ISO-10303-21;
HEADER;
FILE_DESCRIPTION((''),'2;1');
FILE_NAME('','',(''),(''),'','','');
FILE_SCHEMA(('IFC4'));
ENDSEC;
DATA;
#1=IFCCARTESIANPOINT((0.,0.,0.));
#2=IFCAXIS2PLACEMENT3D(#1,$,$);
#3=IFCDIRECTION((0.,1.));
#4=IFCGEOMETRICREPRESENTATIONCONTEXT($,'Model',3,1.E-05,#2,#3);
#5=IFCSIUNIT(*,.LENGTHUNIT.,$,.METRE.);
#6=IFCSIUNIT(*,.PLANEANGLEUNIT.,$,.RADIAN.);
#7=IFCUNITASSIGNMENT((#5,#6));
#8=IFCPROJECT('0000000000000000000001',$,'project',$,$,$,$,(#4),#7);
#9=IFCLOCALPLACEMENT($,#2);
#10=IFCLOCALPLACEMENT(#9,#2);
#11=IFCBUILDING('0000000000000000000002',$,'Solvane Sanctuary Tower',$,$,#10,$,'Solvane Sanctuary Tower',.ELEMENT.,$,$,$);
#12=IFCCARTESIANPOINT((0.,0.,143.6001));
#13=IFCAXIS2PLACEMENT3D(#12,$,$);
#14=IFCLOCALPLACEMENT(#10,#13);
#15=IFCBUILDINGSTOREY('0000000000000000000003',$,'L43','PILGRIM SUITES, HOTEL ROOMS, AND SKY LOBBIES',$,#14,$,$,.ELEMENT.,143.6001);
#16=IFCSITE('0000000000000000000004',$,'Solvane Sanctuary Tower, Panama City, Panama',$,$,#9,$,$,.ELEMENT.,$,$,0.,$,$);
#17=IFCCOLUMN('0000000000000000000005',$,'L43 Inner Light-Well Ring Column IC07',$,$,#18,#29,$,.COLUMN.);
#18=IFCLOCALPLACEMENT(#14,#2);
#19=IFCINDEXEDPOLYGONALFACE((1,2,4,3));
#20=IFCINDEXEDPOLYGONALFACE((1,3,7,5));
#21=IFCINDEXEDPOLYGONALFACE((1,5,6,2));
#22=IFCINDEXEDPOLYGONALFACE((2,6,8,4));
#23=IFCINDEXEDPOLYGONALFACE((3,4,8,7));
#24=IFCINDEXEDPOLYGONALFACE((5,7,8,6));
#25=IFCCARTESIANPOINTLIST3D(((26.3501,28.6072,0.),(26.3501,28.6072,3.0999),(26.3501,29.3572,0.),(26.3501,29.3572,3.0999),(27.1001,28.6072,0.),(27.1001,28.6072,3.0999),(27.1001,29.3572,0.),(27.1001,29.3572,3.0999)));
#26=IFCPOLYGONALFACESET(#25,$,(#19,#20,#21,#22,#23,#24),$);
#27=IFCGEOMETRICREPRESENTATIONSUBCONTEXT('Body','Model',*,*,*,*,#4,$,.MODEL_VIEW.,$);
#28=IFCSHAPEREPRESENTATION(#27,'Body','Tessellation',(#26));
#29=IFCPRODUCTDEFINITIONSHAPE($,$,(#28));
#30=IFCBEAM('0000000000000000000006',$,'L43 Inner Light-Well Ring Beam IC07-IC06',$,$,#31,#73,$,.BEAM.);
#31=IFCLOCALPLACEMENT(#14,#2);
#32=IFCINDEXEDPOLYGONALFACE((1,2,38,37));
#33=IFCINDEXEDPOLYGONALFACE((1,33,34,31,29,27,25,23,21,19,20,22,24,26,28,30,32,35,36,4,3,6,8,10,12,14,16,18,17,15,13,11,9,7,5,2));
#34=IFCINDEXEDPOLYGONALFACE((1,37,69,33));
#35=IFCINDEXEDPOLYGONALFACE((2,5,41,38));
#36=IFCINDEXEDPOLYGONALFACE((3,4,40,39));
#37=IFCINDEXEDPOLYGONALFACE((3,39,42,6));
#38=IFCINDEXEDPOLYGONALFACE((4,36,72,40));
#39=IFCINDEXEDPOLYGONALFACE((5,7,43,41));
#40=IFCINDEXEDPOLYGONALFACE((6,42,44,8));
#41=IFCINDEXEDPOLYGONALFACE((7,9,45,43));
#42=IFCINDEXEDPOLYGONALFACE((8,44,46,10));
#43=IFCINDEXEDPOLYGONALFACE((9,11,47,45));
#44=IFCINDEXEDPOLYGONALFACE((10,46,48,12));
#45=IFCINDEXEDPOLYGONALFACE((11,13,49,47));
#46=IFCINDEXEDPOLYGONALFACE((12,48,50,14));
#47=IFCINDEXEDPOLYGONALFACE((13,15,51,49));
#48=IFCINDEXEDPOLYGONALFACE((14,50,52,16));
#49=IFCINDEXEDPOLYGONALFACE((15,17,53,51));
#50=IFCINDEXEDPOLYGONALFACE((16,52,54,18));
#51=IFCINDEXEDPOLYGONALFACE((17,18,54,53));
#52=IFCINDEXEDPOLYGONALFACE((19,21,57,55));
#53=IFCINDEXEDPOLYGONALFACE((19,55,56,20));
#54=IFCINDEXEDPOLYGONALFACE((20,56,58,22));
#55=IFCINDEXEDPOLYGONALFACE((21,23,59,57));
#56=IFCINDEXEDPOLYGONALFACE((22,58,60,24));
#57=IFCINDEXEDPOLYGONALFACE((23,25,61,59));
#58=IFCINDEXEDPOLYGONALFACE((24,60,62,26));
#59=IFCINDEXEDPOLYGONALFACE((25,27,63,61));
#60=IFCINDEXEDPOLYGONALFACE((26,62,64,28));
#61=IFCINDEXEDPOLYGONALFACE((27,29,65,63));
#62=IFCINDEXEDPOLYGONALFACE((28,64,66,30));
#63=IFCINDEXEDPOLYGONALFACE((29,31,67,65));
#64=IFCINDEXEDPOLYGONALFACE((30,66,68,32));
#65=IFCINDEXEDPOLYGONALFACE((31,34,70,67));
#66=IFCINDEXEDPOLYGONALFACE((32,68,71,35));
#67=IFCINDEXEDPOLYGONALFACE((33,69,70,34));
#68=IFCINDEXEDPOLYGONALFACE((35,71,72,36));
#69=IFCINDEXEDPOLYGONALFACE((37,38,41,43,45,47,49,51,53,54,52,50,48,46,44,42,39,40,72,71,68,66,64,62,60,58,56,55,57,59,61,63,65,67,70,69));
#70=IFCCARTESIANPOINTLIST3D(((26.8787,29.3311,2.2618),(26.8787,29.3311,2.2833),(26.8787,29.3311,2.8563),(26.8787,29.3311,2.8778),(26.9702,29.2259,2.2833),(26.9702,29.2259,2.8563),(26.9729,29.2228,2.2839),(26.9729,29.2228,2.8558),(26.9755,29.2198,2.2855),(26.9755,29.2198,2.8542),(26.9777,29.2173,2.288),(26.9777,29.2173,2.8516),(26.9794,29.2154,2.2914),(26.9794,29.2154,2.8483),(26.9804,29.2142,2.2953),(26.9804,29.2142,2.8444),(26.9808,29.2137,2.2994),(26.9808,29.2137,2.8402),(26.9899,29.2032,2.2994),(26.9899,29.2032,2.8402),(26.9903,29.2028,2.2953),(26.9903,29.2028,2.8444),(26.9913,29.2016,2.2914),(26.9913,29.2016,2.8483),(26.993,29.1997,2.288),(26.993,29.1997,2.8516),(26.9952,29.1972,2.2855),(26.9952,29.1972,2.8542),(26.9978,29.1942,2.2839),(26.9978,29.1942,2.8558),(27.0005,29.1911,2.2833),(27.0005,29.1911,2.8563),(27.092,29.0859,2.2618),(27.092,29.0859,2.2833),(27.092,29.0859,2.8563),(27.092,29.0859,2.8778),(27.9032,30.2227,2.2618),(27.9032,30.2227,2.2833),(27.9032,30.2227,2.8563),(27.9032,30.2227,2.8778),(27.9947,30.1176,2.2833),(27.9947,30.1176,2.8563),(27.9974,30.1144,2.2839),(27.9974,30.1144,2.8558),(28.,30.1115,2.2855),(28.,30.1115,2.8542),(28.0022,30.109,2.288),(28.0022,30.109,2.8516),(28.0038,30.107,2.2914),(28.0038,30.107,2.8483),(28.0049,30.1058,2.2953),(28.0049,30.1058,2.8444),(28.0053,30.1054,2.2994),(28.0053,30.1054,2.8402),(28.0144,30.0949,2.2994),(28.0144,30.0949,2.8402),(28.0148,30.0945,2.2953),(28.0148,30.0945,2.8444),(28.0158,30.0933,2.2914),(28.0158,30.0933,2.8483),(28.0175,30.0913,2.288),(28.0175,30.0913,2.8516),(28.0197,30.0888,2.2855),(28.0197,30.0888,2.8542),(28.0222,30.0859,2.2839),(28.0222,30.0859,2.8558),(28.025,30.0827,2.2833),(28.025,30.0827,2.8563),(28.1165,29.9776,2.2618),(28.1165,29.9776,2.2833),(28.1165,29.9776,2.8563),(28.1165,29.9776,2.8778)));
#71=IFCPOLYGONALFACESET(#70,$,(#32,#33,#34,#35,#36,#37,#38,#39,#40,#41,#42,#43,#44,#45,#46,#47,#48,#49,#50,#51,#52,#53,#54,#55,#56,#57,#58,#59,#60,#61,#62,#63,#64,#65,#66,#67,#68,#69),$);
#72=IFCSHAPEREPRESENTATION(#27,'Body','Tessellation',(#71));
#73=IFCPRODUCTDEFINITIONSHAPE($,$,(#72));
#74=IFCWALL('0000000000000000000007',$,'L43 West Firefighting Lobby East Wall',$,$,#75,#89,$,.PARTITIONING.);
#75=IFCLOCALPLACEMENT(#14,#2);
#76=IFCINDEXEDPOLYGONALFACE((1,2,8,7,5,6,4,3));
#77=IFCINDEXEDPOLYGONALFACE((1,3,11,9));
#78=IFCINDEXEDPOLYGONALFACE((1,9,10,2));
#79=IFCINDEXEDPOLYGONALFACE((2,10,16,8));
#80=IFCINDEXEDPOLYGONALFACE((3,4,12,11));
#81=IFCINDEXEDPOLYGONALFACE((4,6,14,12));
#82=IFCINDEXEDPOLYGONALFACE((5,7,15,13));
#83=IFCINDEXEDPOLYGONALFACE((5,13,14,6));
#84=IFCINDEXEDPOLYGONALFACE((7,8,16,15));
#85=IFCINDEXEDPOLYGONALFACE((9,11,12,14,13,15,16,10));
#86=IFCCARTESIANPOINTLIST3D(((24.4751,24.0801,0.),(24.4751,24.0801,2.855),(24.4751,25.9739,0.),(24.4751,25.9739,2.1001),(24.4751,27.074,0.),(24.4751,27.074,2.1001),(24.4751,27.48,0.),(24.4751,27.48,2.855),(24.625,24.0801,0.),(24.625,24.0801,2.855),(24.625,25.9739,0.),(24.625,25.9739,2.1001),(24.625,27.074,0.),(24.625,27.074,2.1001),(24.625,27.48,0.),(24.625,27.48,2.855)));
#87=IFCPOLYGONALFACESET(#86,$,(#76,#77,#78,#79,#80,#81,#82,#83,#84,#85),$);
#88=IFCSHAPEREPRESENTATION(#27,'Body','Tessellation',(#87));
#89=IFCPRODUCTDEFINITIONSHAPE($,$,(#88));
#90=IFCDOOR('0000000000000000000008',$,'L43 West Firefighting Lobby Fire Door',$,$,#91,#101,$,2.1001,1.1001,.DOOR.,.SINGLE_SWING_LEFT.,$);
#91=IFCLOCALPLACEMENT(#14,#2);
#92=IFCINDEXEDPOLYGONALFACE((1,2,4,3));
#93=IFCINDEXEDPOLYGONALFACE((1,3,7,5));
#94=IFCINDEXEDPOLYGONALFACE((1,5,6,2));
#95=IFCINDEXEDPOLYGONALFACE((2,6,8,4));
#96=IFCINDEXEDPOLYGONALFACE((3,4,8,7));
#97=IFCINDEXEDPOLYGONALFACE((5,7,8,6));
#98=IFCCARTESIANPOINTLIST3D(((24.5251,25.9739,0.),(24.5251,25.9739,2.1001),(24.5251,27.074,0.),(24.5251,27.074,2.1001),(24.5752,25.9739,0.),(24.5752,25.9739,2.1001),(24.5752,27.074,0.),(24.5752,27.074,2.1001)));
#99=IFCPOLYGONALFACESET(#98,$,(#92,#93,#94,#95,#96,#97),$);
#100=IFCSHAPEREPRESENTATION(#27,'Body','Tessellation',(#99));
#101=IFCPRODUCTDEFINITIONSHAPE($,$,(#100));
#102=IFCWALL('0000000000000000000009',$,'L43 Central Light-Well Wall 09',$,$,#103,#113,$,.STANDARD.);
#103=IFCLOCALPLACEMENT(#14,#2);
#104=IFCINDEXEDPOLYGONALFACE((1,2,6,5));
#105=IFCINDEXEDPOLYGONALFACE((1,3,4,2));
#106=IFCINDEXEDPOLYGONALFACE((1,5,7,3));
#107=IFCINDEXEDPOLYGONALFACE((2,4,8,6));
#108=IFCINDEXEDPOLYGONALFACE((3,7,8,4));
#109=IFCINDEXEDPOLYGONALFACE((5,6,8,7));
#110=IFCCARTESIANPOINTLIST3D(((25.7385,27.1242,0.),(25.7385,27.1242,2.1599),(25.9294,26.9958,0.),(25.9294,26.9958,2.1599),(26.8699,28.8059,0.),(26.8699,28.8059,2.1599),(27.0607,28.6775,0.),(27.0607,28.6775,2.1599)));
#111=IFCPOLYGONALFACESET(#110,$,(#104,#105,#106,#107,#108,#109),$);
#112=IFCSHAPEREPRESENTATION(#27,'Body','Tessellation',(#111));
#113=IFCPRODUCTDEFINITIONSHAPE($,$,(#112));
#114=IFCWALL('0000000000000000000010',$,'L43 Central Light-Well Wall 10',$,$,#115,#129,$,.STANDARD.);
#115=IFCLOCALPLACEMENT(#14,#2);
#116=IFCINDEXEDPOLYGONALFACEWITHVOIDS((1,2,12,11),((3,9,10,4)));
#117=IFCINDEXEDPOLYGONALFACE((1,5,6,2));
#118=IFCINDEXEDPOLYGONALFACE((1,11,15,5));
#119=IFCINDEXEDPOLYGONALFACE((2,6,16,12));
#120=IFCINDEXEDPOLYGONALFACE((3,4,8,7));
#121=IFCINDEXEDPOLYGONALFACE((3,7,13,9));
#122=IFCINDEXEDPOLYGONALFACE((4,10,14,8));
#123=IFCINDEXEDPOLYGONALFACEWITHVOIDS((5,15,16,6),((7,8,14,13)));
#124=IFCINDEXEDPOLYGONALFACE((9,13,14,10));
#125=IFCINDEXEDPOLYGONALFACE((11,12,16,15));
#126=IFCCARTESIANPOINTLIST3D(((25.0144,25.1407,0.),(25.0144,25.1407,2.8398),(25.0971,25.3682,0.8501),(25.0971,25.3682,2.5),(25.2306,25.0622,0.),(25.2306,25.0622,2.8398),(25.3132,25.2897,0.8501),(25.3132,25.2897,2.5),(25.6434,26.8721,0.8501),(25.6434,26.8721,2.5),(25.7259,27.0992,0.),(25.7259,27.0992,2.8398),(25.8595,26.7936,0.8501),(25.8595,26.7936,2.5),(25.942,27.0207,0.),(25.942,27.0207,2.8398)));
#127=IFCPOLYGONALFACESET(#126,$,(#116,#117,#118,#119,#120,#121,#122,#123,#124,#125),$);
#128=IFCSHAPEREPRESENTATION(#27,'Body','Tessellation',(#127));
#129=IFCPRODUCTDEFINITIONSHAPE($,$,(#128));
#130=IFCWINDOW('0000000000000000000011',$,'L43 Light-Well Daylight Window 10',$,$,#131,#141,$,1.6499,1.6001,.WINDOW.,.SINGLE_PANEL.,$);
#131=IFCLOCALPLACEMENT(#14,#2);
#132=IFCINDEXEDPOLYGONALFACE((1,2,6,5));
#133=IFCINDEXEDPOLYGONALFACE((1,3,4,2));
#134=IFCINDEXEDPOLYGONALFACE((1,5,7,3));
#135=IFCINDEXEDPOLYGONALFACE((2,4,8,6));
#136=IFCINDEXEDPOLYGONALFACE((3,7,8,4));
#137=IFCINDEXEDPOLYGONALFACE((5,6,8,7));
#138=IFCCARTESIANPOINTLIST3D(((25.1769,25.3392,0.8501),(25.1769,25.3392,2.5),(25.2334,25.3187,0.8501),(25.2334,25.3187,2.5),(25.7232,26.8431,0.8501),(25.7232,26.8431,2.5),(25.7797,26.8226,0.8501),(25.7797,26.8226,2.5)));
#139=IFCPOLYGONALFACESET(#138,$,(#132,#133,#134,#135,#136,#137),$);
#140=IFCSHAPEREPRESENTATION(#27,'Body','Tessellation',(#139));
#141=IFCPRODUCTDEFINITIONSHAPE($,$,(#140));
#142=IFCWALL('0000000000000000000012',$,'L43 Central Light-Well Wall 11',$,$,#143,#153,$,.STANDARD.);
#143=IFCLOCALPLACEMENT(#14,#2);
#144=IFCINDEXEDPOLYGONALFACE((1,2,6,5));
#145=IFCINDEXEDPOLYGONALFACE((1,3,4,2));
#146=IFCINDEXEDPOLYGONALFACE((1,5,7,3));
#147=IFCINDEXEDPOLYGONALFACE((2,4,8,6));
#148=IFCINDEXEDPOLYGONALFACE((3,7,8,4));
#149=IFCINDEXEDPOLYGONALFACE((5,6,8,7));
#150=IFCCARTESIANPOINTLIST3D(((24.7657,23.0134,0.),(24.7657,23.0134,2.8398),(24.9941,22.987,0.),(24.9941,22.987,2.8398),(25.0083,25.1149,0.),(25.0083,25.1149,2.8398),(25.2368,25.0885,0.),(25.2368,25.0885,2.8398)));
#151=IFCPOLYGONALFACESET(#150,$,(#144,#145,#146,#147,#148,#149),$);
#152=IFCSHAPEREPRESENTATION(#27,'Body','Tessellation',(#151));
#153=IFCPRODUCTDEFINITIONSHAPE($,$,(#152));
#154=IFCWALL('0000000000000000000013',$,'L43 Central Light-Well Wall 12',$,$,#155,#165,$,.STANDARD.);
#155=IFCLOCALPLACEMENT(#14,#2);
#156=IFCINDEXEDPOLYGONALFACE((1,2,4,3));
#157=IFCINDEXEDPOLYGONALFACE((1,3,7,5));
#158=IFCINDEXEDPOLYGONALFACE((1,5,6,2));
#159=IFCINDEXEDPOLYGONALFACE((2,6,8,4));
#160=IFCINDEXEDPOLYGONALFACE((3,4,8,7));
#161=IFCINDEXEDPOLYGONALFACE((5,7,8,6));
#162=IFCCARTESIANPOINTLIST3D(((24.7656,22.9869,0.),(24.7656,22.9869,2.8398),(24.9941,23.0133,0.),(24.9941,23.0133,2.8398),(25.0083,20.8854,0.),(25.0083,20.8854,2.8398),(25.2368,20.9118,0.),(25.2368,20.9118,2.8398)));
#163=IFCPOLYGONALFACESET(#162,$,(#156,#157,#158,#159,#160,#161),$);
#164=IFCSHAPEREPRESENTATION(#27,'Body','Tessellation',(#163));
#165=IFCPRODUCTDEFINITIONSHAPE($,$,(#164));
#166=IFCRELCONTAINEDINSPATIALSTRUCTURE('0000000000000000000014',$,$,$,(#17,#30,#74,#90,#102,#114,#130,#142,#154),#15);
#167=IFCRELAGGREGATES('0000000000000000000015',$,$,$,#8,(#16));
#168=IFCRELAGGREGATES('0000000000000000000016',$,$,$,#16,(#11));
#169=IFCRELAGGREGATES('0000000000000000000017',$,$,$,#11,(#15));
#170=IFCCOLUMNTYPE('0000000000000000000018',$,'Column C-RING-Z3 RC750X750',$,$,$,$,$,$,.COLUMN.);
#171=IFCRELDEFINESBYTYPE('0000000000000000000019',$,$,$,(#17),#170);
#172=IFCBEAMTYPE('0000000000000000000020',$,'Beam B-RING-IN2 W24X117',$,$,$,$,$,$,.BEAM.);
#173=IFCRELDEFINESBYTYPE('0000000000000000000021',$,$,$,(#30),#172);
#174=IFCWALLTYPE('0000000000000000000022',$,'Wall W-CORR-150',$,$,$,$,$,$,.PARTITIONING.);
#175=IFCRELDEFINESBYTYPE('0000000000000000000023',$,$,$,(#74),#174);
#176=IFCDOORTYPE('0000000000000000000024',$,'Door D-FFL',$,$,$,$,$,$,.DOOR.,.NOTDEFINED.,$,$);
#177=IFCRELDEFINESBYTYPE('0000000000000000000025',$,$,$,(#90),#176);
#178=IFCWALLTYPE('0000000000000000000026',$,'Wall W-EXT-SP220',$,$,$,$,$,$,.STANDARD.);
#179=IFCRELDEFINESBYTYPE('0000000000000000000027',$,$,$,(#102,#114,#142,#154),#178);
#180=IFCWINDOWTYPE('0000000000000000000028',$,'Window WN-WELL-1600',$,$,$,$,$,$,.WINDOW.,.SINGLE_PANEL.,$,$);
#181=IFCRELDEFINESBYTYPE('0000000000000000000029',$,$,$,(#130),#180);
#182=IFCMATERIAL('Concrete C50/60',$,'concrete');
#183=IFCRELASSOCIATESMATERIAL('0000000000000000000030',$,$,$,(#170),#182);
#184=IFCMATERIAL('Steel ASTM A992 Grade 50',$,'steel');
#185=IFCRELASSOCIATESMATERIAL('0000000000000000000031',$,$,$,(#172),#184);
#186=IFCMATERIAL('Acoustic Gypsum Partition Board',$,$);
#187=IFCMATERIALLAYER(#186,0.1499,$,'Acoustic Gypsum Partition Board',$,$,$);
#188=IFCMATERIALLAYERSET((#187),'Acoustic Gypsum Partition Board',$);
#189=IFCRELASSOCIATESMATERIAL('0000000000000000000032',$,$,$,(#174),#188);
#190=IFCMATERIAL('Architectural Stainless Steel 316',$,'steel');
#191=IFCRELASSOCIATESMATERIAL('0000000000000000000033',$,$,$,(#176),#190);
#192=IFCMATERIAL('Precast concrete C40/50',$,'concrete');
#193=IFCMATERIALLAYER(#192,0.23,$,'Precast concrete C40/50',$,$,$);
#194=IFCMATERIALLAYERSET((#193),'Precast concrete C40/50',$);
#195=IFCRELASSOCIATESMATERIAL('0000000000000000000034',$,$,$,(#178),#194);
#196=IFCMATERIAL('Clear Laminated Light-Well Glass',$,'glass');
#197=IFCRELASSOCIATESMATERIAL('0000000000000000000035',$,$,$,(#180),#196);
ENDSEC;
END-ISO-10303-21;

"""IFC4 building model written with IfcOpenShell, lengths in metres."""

from ifc_helpers import new_model, si_unit, direction, frame, frame_2d, origin, origin_2d, place, context, subcontext, project, spatial, rectangle, i_section, extrude, material, layer, layer_set, material_profile, profile_set, type_object, element, fill, save


model = new_model("IFC4")

# Units and contexts
model_context = context("Model", 3, precision=1e-05, world=origin(), true_north=direction((0.0, 1.0)))
body_context = subcontext(model_context, "Body", "Model", "MODEL_VIEW")
ifc_project = project(units=[si_unit("LENGTHUNIT", "METRE"), si_unit("PLANEANGLEUNIT", "RADIAN")], contexts=[model_context])

# Site, building, storey
site_placement = place(None, origin())
site = spatial("IfcSite", under=ifc_project, at=site_placement, Name="Solvane Sanctuary Tower, Panama City, Panama", CompositionType="ELEMENT", RefElevation=0.0)
building_placement = place(site_placement, origin())
building = spatial("IfcBuilding", under=site, at=building_placement, Name="Solvane Sanctuary Tower", LongName="Solvane Sanctuary Tower", CompositionType="ELEMENT")
storey_placement = place(building_placement, frame((0.0, 0.0, 143.6001)))
storey = spatial("IfcBuildingStorey", under=building, at=storey_placement, Name="L43", Description="PILGRIM SUITES, HOTEL ROOMS, AND SKY LOBBIES", CompositionType="ELEMENT", Elevation=143.6001)

# Column
ifc_material_1 = material(Name="Concrete C50/60", Category="concrete")
ifc_material_profile_1 = material_profile(ifc_material_1, rectangle(XDim=0.75, YDim=0.75, at=origin_2d()), Name="RC750X750")
ifc_profile_set_1 = profile_set([ifc_material_profile_1], Name="Concrete C50/60")
column_type = type_object("IfcColumnType", Name="Column C-RING-Z3 RC750X750", PredefinedType="COLUMN", material=ifc_profile_set_1)
column_placement = place(storey_placement, frame((26.7251, 28.9822, 0.0), z_axis=(0.0, 0.0, 1.0), x_axis=(1.0, 0.0, 0.0)))
element("IfcColumn", 1, at=column_placement, inside=storey, type_object=column_type, Name="L43 Inner Light-Well Ring Column IC07", PredefinedType="COLUMN", context=body_context, shape_type="SweptSolid", body=[
    extrude(rectangle(XDim=0.75, YDim=0.75, at=origin_2d()), origin(), (0.0, 0.0, 1.0), 3.0999),
])

# Beam
ifc_material_2 = material(Name="Steel ASTM A992 Grade 50", Category="steel")
ifc_material_profile_2 = material_profile(ifc_material_2, i_section(OverallWidth=0.325, OverallDepth=0.616, WebThickness=0.0139, FlangeThickness=0.0215, FilletRadius=0.0161, at=origin_2d()), Name="W24X117")
ifc_profile_set_2 = profile_set([ifc_material_profile_2], Name="Steel ASTM A992 Grade 50")
beam_type = type_object("IfcBeamType", Name="Beam B-RING-IN2 W24X117", PredefinedType="BEAM", material=ifc_profile_set_2)
beam_placement = place(storey_placement, frame((26.9854, 29.2085, 2.5698), z_axis=(0.754311, 0.656517, 0.0), x_axis=(-0.656517, 0.754311, 0.0)))
element("IfcBeam", 2, at=beam_placement, inside=storey, type_object=beam_type, Name="L43 Inner Light-Well Ring Beam IC07-IC06", PredefinedType="BEAM", context=body_context, shape_type="SweptSolid", body=[
    extrude(i_section(OverallWidth=0.325, OverallDepth=0.616, WebThickness=0.0139, FlangeThickness=0.0215, FilletRadius=0.0161, at=origin_2d()), origin(), (0.0, 0.0, 1.0), 1.3582),
])

# Wall, opening, door
ifc_material_3 = material(Name="Acoustic Gypsum Partition Board")
ifc_layer_1 = layer(ifc_material_3, 0.1499, Name="Acoustic Gypsum Partition Board")
ifc_layer_set_1 = layer_set([ifc_layer_1], Name="Acoustic Gypsum Partition Board")
wall_type_1 = type_object("IfcWallType", Name="Wall W-CORR-150", PredefinedType="PARTITIONING", material=ifc_layer_set_1)
wall_1_placement = place(storey_placement, frame((24.55, 24.0801, 0.0), z_axis=(0.0, 0.0, 1.0), x_axis=(0.0, 1.0, 0.0)))
wall_1 = element("IfcWall", 3, at=wall_1_placement, inside=storey, type_object=wall_type_1, Name="L43 West Firefighting Lobby East Wall", PredefinedType="PARTITIONING", context=body_context, shape_type="SweptSolid", body=[
    extrude(rectangle(XDim=3.3999, YDim=0.1499, at=frame_2d((1.7, 0.0))), origin(), (0.0, 0.0, 1.0), 2.855),
])
opening_1_placement = place(wall_1_placement, frame((1.8938, 0.0, 0.0)))
opening_1 = element("IfcOpeningElement", 4, at=opening_1_placement, cuts=wall_1, PredefinedType="OPENING", context=body_context, shape_type="SweptSolid", body=[
    extrude(rectangle(XDim=1.1001, YDim=2.1001, at=frame_2d((0.55, 1.05))), frame((0.0, 0.085, 0.0), z_axis=(0.0, -1.0, 0.0), x_axis=(1.0, 0.0, 0.0)), (0.0, 0.0, 1.0), 0.1699),
])
ifc_material_4 = material(Name="Architectural Stainless Steel 316", Category="steel")
door_type_1 = type_object("IfcDoorType", Name="Door D-FFL", OperationType="NOTDEFINED", PredefinedType="DOOR", material=ifc_material_4)
door_1_placement = place(opening_1_placement, origin())
door_1 = element("IfcDoor", 5, at=door_1_placement, inside=storey, type_object=door_type_1, Name="L43 West Firefighting Lobby Fire Door", OperationType="SINGLE_SWING_LEFT", OverallHeight=2.1001, OverallWidth=1.1001, PredefinedType="DOOR", context=body_context, shape_type="SweptSolid", body=[
    extrude(rectangle(XDim=1.1001, YDim=2.1001, at=frame_2d((0.55, 1.05))), frame((0.0, 0.0249, 0.0), z_axis=(0.0, -1.0, 0.0), x_axis=(1.0, 0.0, 0.0)), (0.0, 0.0, 1.0), 0.05),
])
fill(opening_1, door_1)

# Wall
ifc_material_5 = material(Name="Precast concrete C40/50", Category="concrete")
ifc_layer_2 = layer(ifc_material_5, 0.23, Name="Precast concrete C40/50")
ifc_layer_set_2 = layer_set([ifc_layer_2], Name="Precast concrete C40/50")
wall_type_2 = type_object("IfcWallType", Name="Wall W-EXT-SP220", PredefinedType="STANDARD", material=ifc_layer_set_2)
wall_2_placement = place(storey_placement, frame((26.9653, 28.7417, 0.0), z_axis=(0.0, 0.0, 1.0), x_axis=(-0.558198, -0.829708, 0.0)))
element("IfcWall", 6, at=wall_2_placement, inside=storey, type_object=wall_type_2, Name="L43 Central Light-Well Wall 09", PredefinedType="STANDARD", context=body_context, shape_type="SweptSolid", body=[
    extrude(rectangle(XDim=2.0269, YDim=0.23, at=frame_2d((1.0134, 0.0))), origin(), (0.0, 0.0, 1.0), 2.1599),
])

# Wall, opening, window
wall_3_placement = place(storey_placement, frame((25.834, 27.0601, 0.0), z_axis=(0.0, 0.0, 1.0), x_axis=(-0.341423, -0.93991, 0.0)))
wall_3 = element("IfcWall", 7, at=wall_3_placement, inside=storey, type_object=wall_type_2, Name="L43 Central Light-Well Wall 10", PredefinedType="STANDARD", context=body_context, shape_type="SweptSolid", body=[
    extrude(rectangle(XDim=2.0837, YDim=0.23, at=frame_2d((1.042, 0.0))), origin(), (0.0, 0.0, 1.0), 2.8398),
])
opening_2_placement = place(wall_3_placement, frame((0.2417, 0.0, 0.8501)))
opening_2 = element("IfcOpeningElement", 8, at=opening_2_placement, cuts=wall_3, PredefinedType="OPENING", context=body_context, shape_type="SweptSolid", body=[
    extrude(rectangle(XDim=1.6001, YDim=1.6499, at=frame_2d((0.8, 0.825))), frame((0.0, 0.125, 0.0), z_axis=(0.0, -1.0, 0.0), x_axis=(1.0, 0.0, 0.0)), (0.0, 0.0, 1.0), 0.25),
])
ifc_material_6 = material(Name="Clear Laminated Light-Well Glass", Category="glass")
window_type = type_object("IfcWindowType", Name="Window WN-WELL-1600", PartitioningType="SINGLE_PANEL", PredefinedType="WINDOW", material=ifc_material_6)
window_placement = place(opening_2_placement, origin())
window = element("IfcWindow", 9, at=window_placement, inside=storey, type_object=window_type, Name="L43 Light-Well Daylight Window 10", OverallHeight=1.6499, OverallWidth=1.6001, PartitioningType="SINGLE_PANEL", PredefinedType="WINDOW", context=body_context, shape_type="SweptSolid", body=[
    extrude(rectangle(XDim=1.6001, YDim=1.6499, at=frame_2d((0.8, 0.825))), frame((0.0, 0.03, 0.0), z_axis=(0.0, -1.0, 0.0), x_axis=(1.0, 0.0, 0.0)), (0.0, 0.0, 1.0), 0.0601),
])
fill(opening_2, window)

# Walls
for number, where, z_axis, x_axis, name in (
    (10, (25.1226, 25.1016, 0.0), (0.0, 0.0, 1.0), (-0.114712, -0.993399, 0.0), "L43 Central Light-Well Wall 11"),
    (11, (24.8799, 23.0, 0.0), (0.0, 0.0, 1.0), (0.114712, -0.993399, 0.0), "L43 Central Light-Well Wall 12"),
):
    element("IfcWall", number, at=place(storey_placement, frame(where, z_axis=z_axis, x_axis=x_axis)), inside=storey, type_object=wall_type_2, Name=name, PredefinedType="STANDARD", context=body_context, shape_type="SweptSolid", body=[
        extrude(rectangle(XDim=2.1155, YDim=0.23, at=frame_2d((1.0576, 0.0))), origin(), (0.0, 0.0, 1.0), 2.8398),
    ])

save(model, "model.ifc")
